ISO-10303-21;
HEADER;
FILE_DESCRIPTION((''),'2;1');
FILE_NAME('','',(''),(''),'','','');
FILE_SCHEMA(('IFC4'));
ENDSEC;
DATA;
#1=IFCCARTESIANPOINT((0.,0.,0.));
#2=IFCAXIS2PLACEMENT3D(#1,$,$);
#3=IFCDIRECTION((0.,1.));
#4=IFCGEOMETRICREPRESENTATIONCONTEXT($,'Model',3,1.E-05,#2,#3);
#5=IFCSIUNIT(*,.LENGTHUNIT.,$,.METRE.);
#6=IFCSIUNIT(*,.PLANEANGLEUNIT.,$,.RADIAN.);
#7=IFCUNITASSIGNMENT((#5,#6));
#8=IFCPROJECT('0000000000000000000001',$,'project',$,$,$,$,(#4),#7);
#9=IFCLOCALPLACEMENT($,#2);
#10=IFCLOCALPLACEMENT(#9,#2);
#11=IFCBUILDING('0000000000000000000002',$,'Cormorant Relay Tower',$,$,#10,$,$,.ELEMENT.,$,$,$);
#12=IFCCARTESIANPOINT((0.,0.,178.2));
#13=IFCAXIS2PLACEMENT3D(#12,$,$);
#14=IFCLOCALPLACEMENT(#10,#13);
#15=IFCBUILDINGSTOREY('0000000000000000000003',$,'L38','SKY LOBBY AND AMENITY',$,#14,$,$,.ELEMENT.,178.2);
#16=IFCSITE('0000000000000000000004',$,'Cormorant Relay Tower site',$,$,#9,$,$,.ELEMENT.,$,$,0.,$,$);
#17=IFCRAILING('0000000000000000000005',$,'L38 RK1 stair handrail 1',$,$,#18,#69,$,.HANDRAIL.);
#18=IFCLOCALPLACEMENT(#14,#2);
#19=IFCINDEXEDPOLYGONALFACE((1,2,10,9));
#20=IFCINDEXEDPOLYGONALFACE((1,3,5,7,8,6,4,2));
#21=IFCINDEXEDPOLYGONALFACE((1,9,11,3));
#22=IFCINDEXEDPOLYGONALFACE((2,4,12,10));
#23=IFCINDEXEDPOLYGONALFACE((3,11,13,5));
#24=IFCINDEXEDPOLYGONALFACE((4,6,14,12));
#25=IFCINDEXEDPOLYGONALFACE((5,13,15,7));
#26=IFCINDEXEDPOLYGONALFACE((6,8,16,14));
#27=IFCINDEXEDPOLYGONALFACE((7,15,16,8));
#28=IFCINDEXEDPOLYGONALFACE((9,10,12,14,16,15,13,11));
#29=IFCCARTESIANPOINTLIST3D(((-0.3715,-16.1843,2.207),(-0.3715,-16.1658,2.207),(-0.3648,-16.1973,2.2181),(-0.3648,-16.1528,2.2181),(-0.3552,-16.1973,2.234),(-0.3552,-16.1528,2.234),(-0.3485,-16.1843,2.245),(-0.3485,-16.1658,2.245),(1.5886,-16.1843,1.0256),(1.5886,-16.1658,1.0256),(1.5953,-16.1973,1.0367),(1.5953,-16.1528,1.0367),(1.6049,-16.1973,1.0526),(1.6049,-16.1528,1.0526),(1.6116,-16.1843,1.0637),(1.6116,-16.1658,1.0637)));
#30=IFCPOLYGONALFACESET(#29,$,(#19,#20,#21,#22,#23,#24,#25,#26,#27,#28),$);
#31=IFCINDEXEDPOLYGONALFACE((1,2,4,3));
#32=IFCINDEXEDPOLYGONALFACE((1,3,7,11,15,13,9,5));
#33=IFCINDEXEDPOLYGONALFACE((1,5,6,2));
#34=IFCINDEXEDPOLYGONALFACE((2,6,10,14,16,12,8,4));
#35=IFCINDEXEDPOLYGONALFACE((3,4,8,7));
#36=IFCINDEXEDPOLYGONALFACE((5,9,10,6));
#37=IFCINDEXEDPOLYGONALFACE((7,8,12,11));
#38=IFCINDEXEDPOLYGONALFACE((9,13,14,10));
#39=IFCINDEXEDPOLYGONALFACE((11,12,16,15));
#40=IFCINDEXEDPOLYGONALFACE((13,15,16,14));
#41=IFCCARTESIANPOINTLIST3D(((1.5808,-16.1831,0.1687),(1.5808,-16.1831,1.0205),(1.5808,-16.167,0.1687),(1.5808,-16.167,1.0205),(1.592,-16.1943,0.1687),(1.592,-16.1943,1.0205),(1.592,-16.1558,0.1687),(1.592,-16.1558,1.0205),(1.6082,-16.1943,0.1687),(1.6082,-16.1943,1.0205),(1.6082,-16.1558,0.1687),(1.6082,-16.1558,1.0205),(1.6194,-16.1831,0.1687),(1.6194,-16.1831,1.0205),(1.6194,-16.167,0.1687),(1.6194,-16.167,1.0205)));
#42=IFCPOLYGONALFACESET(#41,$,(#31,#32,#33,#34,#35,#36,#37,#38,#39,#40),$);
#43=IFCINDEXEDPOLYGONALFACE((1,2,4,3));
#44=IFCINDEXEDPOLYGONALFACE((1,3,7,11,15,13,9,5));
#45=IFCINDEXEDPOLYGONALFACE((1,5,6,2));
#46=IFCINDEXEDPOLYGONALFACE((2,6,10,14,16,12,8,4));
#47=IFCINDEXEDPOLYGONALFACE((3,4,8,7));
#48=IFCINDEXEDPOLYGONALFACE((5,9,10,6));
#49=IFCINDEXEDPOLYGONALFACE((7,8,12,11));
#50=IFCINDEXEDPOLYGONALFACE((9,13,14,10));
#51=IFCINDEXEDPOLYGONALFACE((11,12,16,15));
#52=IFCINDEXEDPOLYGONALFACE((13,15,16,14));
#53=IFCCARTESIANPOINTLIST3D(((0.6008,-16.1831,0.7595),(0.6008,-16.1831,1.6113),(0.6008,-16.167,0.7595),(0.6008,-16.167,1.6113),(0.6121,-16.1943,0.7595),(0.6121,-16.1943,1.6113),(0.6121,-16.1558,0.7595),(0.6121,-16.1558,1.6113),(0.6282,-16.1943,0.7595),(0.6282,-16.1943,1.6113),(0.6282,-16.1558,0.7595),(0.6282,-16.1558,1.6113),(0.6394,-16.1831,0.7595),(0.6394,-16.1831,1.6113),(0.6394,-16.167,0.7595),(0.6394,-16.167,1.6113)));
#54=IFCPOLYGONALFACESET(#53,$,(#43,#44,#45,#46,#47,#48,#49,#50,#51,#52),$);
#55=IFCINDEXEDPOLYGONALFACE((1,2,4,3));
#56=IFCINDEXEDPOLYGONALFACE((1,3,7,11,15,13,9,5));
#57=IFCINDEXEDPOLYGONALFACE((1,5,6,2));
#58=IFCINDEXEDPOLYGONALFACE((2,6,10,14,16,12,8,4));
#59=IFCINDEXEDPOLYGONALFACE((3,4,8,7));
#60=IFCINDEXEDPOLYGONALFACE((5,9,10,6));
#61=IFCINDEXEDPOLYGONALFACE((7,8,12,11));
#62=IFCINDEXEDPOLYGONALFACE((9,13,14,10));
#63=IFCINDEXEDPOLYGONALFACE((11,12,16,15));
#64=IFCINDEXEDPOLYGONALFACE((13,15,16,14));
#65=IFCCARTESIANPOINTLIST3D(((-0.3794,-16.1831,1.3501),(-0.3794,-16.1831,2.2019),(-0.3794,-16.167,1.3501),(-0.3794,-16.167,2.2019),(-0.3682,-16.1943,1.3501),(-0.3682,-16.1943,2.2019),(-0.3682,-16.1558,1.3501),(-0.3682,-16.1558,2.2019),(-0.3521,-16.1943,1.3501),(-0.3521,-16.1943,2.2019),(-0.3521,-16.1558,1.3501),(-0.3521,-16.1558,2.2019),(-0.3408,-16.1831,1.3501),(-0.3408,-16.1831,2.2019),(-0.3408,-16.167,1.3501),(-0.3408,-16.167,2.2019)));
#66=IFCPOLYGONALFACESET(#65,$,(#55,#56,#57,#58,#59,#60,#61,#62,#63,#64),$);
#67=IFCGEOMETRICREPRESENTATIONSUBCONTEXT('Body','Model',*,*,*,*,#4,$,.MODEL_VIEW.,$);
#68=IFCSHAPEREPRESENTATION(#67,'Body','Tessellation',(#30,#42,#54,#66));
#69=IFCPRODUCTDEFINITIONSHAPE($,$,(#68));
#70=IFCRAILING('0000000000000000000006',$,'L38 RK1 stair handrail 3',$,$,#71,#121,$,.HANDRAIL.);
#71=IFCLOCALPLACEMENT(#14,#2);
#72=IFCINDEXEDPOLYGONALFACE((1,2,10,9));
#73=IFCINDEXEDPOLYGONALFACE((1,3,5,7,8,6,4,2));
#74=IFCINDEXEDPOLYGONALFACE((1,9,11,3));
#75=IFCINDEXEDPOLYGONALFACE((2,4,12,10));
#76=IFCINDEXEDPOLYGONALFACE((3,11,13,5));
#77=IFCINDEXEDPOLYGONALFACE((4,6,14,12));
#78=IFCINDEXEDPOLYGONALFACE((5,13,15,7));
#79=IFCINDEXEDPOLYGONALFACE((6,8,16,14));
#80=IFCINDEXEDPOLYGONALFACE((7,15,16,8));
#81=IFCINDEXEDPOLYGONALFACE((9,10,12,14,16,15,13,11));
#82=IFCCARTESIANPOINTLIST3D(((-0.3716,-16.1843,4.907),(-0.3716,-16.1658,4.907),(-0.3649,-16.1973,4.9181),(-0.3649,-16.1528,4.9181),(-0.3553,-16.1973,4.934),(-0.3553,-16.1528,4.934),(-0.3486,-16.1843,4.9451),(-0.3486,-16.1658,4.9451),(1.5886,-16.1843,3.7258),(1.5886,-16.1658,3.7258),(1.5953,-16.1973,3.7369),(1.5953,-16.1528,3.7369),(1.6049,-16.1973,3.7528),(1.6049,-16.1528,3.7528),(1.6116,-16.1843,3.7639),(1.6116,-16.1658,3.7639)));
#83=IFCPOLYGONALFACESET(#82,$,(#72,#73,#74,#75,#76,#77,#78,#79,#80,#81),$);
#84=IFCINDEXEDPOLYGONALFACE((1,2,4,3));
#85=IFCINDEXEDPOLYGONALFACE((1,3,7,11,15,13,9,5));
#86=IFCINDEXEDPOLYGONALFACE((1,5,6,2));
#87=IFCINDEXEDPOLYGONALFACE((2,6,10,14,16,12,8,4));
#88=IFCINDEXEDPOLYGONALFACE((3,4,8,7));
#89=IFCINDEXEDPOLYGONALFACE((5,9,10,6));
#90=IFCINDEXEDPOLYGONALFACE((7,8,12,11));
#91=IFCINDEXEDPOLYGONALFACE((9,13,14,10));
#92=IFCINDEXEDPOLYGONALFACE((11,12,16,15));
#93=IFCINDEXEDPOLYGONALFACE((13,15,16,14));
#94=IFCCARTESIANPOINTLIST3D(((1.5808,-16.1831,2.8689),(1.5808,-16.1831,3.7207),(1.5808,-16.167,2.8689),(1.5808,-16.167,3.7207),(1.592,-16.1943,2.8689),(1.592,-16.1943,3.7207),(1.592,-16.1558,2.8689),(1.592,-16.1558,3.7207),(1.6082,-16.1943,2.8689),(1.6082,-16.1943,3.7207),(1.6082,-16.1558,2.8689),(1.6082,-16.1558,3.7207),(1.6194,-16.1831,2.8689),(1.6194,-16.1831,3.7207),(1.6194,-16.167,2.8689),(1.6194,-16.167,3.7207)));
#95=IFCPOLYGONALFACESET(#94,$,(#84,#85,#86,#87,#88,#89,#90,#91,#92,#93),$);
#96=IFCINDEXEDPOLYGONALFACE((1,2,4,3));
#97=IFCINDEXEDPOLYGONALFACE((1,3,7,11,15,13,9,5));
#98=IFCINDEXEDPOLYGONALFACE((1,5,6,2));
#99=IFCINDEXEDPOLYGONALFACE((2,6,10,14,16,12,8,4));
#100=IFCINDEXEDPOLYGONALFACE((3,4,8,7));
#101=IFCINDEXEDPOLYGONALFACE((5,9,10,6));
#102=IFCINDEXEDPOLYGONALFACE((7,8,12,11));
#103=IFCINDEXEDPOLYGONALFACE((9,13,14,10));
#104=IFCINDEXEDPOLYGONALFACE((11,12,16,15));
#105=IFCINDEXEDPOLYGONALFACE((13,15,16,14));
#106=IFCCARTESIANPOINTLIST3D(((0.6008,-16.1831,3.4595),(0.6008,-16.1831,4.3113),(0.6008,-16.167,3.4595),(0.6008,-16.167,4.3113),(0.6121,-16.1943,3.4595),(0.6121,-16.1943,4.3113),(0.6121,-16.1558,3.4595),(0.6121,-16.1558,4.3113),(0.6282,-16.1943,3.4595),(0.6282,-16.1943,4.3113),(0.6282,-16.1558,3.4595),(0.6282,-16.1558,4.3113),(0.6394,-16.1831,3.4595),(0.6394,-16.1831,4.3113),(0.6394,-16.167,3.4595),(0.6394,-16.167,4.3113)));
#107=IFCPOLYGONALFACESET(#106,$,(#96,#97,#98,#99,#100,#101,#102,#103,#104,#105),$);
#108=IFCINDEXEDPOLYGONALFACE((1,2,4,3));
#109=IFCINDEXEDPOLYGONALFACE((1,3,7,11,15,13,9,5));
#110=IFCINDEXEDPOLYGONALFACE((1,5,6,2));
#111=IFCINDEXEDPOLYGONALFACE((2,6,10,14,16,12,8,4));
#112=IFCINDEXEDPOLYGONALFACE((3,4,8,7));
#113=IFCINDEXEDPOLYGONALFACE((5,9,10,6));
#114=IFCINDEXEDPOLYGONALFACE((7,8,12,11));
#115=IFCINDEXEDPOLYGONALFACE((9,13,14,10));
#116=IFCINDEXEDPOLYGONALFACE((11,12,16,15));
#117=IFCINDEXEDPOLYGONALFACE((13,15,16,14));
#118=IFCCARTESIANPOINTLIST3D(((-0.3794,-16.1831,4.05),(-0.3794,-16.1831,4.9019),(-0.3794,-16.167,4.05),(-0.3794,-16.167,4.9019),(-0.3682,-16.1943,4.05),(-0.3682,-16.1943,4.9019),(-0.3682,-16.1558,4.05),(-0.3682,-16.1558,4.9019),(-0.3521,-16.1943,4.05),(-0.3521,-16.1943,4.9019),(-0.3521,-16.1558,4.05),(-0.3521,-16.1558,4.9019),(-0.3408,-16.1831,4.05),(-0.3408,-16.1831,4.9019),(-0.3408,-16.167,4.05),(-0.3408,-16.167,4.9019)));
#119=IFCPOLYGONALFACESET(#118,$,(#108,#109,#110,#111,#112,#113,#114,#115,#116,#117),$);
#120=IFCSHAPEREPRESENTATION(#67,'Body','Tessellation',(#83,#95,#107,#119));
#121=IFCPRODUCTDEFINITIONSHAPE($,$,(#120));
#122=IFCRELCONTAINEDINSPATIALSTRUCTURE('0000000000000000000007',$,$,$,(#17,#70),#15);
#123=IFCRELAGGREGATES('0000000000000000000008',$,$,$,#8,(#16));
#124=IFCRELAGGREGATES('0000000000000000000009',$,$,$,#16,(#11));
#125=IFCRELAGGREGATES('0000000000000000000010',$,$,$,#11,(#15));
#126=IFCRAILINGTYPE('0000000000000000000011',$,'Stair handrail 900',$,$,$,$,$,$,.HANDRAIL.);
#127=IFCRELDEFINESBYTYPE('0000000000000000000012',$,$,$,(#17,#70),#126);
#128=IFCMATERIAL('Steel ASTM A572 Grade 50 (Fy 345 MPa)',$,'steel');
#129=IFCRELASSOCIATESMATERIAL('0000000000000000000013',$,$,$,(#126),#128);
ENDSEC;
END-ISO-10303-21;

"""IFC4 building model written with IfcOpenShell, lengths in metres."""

from ifc_helpers import new_model, si_unit, direction, frame, origin, place, context, subcontext, project, spatial, polyline, outline, extrude, material, type_object, element, save


model = new_model("IFC4")

# Units and contexts
model_context = context("Model", 3, precision=1e-05, world=origin(), true_north=direction((0.0, 1.0)))
body_context = subcontext(model_context, "Body", "Model", "MODEL_VIEW")
ifc_project = project(units=[si_unit("LENGTHUNIT", "METRE"), si_unit("PLANEANGLEUNIT", "RADIAN")], contexts=[model_context])

# Site, building, storey
site_placement = place(None, origin())
site = spatial("IfcSite", under=ifc_project, at=site_placement, Name="Cormorant Relay Tower site", CompositionType="ELEMENT", RefElevation=0.0)
building_placement = place(site_placement, origin())
building = spatial("IfcBuilding", under=site, at=building_placement, Name="Cormorant Relay Tower", CompositionType="ELEMENT")
storey_placement = place(building_placement, frame((0.0, 0.0, 178.2)))
storey = spatial("IfcBuildingStorey", under=building, at=storey_placement, Name="L38", Description="SKY LOBBY AND AMENITY", CompositionType="ELEMENT", Elevation=178.2)

# Railings
ifc_material_1 = material(Name="Steel ASTM A572 Grade 50 (Fy 345 MPa)", Category="steel")
railing_type = type_object("IfcRailingType", Name="Stair handrail 900", PredefinedType="HANDRAIL", material=ifc_material_1)
railing_1_placement = place(storey_placement, frame((1.6001, -16.175, 0.1687)))
element("IfcRailing", 1, at=railing_1_placement, inside=storey, type_object=railing_type, Name="L38 RK1 stair handrail 1", PredefinedType="HANDRAIL", context=body_context, shape_type="SweptSolid", body=[
    extrude(outline(polyline([(0.0222, 0.0093), (0.0093, 0.0222), (-0.0093, 0.0222), (-0.0222, 0.0093), (-0.0222, -0.0093), (-0.0093, -0.0222), (0.0093, -0.0222), (0.0222, -0.0093), (0.0222, 0.0093)])), frame((0.0, 0.0, 0.876), z_axis=(-0.856475, 0.0, 0.516189), x_axis=(0.0, -1.0, 0.0)), (0.0, 0.0, 1.0), 2.2886),
    extrude(outline(polyline([(0.0193, 0.0081), (0.0081, 0.0193), (-0.0081, 0.0193), (-0.0193, 0.0081), (-0.0193, -0.0081), (-0.0081, -0.0193), (0.0081, -0.0193), (0.0193, -0.0081), (0.0193, 0.0081)])), origin(), (0.0, 0.0, 1.0), 0.8518),
    extrude(outline(polyline([(0.0193, 0.0081), (0.0081, 0.0193), (-0.0081, 0.0193), (-0.0193, 0.0081), (-0.0193, -0.0081), (-0.0081, -0.0193), (0.0081, -0.0193), (0.0193, -0.0081), (0.0193, 0.0081)])), frame((-0.98, 0.0, 0.5908)), (0.0, 0.0, 1.0), 0.8518),
    extrude(outline(polyline([(0.0193, 0.0081), (0.0081, 0.0193), (-0.0081, 0.0193), (-0.0193, 0.0081), (-0.0193, -0.0081), (-0.0081, -0.0193), (0.0081, -0.0193), (0.0193, -0.0081), (0.0193, 0.0081)])), frame((-1.9602, 0.0, 1.1814)), (0.0, 0.0, 1.0), 0.8518),
])
railing_2_placement = place(storey_placement, frame((1.6001, -16.175, 2.8689)))
element("IfcRailing", 2, at=railing_2_placement, inside=storey, type_object=railing_type, Name="L38 RK1 stair handrail 3", PredefinedType="HANDRAIL", context=body_context, shape_type="SweptSolid", body=[
    extrude(outline(polyline([(0.0222, 0.0093), (0.0093, 0.0222), (-0.0093, 0.0222), (-0.0222, 0.0093), (-0.0222, -0.0093), (-0.0093, -0.0222), (0.0093, -0.0222), (0.0222, -0.0093), (0.0222, 0.0093)])), frame((0.0, 0.0, 0.876), z_axis=(-0.856522, 0.0, 0.516111), x_axis=(0.0, -1.0, 0.0)), (0.0, 0.0, 1.0), 2.2886),
    extrude(outline(polyline([(0.0193, 0.0081), (0.0081, 0.0193), (-0.0081, 0.0193), (-0.0193, 0.0081), (-0.0193, -0.0081), (-0.0081, -0.0193), (0.0081, -0.0193), (0.0193, -0.0081), (0.0193, 0.0081)])), origin(), (0.0, 0.0, 1.0), 0.8518),
    extrude(outline(polyline([(0.0193, 0.0081), (0.0081, 0.0193), (-0.0081, 0.0193), (-0.0193, 0.0081), (-0.0193, -0.0081), (-0.0081, -0.0193), (0.0081, -0.0193), (0.0193, -0.0081), (0.0193, 0.0081)])), frame((-0.98, 0.0, 0.5906)), (0.0, 0.0, 1.0), 0.8518),
    extrude(outline(polyline([(0.0193, 0.0081), (0.0081, 0.0193), (-0.0081, 0.0193), (-0.0193, 0.0081), (-0.0193, -0.0081), (-0.0081, -0.0193), (0.0081, -0.0193), (0.0193, -0.0081), (0.0193, 0.0081)])), frame((-1.9602, 0.0, 1.1812)), (0.0, 0.0, 1.0), 0.8518),
])

save(model, "model.ifc")
